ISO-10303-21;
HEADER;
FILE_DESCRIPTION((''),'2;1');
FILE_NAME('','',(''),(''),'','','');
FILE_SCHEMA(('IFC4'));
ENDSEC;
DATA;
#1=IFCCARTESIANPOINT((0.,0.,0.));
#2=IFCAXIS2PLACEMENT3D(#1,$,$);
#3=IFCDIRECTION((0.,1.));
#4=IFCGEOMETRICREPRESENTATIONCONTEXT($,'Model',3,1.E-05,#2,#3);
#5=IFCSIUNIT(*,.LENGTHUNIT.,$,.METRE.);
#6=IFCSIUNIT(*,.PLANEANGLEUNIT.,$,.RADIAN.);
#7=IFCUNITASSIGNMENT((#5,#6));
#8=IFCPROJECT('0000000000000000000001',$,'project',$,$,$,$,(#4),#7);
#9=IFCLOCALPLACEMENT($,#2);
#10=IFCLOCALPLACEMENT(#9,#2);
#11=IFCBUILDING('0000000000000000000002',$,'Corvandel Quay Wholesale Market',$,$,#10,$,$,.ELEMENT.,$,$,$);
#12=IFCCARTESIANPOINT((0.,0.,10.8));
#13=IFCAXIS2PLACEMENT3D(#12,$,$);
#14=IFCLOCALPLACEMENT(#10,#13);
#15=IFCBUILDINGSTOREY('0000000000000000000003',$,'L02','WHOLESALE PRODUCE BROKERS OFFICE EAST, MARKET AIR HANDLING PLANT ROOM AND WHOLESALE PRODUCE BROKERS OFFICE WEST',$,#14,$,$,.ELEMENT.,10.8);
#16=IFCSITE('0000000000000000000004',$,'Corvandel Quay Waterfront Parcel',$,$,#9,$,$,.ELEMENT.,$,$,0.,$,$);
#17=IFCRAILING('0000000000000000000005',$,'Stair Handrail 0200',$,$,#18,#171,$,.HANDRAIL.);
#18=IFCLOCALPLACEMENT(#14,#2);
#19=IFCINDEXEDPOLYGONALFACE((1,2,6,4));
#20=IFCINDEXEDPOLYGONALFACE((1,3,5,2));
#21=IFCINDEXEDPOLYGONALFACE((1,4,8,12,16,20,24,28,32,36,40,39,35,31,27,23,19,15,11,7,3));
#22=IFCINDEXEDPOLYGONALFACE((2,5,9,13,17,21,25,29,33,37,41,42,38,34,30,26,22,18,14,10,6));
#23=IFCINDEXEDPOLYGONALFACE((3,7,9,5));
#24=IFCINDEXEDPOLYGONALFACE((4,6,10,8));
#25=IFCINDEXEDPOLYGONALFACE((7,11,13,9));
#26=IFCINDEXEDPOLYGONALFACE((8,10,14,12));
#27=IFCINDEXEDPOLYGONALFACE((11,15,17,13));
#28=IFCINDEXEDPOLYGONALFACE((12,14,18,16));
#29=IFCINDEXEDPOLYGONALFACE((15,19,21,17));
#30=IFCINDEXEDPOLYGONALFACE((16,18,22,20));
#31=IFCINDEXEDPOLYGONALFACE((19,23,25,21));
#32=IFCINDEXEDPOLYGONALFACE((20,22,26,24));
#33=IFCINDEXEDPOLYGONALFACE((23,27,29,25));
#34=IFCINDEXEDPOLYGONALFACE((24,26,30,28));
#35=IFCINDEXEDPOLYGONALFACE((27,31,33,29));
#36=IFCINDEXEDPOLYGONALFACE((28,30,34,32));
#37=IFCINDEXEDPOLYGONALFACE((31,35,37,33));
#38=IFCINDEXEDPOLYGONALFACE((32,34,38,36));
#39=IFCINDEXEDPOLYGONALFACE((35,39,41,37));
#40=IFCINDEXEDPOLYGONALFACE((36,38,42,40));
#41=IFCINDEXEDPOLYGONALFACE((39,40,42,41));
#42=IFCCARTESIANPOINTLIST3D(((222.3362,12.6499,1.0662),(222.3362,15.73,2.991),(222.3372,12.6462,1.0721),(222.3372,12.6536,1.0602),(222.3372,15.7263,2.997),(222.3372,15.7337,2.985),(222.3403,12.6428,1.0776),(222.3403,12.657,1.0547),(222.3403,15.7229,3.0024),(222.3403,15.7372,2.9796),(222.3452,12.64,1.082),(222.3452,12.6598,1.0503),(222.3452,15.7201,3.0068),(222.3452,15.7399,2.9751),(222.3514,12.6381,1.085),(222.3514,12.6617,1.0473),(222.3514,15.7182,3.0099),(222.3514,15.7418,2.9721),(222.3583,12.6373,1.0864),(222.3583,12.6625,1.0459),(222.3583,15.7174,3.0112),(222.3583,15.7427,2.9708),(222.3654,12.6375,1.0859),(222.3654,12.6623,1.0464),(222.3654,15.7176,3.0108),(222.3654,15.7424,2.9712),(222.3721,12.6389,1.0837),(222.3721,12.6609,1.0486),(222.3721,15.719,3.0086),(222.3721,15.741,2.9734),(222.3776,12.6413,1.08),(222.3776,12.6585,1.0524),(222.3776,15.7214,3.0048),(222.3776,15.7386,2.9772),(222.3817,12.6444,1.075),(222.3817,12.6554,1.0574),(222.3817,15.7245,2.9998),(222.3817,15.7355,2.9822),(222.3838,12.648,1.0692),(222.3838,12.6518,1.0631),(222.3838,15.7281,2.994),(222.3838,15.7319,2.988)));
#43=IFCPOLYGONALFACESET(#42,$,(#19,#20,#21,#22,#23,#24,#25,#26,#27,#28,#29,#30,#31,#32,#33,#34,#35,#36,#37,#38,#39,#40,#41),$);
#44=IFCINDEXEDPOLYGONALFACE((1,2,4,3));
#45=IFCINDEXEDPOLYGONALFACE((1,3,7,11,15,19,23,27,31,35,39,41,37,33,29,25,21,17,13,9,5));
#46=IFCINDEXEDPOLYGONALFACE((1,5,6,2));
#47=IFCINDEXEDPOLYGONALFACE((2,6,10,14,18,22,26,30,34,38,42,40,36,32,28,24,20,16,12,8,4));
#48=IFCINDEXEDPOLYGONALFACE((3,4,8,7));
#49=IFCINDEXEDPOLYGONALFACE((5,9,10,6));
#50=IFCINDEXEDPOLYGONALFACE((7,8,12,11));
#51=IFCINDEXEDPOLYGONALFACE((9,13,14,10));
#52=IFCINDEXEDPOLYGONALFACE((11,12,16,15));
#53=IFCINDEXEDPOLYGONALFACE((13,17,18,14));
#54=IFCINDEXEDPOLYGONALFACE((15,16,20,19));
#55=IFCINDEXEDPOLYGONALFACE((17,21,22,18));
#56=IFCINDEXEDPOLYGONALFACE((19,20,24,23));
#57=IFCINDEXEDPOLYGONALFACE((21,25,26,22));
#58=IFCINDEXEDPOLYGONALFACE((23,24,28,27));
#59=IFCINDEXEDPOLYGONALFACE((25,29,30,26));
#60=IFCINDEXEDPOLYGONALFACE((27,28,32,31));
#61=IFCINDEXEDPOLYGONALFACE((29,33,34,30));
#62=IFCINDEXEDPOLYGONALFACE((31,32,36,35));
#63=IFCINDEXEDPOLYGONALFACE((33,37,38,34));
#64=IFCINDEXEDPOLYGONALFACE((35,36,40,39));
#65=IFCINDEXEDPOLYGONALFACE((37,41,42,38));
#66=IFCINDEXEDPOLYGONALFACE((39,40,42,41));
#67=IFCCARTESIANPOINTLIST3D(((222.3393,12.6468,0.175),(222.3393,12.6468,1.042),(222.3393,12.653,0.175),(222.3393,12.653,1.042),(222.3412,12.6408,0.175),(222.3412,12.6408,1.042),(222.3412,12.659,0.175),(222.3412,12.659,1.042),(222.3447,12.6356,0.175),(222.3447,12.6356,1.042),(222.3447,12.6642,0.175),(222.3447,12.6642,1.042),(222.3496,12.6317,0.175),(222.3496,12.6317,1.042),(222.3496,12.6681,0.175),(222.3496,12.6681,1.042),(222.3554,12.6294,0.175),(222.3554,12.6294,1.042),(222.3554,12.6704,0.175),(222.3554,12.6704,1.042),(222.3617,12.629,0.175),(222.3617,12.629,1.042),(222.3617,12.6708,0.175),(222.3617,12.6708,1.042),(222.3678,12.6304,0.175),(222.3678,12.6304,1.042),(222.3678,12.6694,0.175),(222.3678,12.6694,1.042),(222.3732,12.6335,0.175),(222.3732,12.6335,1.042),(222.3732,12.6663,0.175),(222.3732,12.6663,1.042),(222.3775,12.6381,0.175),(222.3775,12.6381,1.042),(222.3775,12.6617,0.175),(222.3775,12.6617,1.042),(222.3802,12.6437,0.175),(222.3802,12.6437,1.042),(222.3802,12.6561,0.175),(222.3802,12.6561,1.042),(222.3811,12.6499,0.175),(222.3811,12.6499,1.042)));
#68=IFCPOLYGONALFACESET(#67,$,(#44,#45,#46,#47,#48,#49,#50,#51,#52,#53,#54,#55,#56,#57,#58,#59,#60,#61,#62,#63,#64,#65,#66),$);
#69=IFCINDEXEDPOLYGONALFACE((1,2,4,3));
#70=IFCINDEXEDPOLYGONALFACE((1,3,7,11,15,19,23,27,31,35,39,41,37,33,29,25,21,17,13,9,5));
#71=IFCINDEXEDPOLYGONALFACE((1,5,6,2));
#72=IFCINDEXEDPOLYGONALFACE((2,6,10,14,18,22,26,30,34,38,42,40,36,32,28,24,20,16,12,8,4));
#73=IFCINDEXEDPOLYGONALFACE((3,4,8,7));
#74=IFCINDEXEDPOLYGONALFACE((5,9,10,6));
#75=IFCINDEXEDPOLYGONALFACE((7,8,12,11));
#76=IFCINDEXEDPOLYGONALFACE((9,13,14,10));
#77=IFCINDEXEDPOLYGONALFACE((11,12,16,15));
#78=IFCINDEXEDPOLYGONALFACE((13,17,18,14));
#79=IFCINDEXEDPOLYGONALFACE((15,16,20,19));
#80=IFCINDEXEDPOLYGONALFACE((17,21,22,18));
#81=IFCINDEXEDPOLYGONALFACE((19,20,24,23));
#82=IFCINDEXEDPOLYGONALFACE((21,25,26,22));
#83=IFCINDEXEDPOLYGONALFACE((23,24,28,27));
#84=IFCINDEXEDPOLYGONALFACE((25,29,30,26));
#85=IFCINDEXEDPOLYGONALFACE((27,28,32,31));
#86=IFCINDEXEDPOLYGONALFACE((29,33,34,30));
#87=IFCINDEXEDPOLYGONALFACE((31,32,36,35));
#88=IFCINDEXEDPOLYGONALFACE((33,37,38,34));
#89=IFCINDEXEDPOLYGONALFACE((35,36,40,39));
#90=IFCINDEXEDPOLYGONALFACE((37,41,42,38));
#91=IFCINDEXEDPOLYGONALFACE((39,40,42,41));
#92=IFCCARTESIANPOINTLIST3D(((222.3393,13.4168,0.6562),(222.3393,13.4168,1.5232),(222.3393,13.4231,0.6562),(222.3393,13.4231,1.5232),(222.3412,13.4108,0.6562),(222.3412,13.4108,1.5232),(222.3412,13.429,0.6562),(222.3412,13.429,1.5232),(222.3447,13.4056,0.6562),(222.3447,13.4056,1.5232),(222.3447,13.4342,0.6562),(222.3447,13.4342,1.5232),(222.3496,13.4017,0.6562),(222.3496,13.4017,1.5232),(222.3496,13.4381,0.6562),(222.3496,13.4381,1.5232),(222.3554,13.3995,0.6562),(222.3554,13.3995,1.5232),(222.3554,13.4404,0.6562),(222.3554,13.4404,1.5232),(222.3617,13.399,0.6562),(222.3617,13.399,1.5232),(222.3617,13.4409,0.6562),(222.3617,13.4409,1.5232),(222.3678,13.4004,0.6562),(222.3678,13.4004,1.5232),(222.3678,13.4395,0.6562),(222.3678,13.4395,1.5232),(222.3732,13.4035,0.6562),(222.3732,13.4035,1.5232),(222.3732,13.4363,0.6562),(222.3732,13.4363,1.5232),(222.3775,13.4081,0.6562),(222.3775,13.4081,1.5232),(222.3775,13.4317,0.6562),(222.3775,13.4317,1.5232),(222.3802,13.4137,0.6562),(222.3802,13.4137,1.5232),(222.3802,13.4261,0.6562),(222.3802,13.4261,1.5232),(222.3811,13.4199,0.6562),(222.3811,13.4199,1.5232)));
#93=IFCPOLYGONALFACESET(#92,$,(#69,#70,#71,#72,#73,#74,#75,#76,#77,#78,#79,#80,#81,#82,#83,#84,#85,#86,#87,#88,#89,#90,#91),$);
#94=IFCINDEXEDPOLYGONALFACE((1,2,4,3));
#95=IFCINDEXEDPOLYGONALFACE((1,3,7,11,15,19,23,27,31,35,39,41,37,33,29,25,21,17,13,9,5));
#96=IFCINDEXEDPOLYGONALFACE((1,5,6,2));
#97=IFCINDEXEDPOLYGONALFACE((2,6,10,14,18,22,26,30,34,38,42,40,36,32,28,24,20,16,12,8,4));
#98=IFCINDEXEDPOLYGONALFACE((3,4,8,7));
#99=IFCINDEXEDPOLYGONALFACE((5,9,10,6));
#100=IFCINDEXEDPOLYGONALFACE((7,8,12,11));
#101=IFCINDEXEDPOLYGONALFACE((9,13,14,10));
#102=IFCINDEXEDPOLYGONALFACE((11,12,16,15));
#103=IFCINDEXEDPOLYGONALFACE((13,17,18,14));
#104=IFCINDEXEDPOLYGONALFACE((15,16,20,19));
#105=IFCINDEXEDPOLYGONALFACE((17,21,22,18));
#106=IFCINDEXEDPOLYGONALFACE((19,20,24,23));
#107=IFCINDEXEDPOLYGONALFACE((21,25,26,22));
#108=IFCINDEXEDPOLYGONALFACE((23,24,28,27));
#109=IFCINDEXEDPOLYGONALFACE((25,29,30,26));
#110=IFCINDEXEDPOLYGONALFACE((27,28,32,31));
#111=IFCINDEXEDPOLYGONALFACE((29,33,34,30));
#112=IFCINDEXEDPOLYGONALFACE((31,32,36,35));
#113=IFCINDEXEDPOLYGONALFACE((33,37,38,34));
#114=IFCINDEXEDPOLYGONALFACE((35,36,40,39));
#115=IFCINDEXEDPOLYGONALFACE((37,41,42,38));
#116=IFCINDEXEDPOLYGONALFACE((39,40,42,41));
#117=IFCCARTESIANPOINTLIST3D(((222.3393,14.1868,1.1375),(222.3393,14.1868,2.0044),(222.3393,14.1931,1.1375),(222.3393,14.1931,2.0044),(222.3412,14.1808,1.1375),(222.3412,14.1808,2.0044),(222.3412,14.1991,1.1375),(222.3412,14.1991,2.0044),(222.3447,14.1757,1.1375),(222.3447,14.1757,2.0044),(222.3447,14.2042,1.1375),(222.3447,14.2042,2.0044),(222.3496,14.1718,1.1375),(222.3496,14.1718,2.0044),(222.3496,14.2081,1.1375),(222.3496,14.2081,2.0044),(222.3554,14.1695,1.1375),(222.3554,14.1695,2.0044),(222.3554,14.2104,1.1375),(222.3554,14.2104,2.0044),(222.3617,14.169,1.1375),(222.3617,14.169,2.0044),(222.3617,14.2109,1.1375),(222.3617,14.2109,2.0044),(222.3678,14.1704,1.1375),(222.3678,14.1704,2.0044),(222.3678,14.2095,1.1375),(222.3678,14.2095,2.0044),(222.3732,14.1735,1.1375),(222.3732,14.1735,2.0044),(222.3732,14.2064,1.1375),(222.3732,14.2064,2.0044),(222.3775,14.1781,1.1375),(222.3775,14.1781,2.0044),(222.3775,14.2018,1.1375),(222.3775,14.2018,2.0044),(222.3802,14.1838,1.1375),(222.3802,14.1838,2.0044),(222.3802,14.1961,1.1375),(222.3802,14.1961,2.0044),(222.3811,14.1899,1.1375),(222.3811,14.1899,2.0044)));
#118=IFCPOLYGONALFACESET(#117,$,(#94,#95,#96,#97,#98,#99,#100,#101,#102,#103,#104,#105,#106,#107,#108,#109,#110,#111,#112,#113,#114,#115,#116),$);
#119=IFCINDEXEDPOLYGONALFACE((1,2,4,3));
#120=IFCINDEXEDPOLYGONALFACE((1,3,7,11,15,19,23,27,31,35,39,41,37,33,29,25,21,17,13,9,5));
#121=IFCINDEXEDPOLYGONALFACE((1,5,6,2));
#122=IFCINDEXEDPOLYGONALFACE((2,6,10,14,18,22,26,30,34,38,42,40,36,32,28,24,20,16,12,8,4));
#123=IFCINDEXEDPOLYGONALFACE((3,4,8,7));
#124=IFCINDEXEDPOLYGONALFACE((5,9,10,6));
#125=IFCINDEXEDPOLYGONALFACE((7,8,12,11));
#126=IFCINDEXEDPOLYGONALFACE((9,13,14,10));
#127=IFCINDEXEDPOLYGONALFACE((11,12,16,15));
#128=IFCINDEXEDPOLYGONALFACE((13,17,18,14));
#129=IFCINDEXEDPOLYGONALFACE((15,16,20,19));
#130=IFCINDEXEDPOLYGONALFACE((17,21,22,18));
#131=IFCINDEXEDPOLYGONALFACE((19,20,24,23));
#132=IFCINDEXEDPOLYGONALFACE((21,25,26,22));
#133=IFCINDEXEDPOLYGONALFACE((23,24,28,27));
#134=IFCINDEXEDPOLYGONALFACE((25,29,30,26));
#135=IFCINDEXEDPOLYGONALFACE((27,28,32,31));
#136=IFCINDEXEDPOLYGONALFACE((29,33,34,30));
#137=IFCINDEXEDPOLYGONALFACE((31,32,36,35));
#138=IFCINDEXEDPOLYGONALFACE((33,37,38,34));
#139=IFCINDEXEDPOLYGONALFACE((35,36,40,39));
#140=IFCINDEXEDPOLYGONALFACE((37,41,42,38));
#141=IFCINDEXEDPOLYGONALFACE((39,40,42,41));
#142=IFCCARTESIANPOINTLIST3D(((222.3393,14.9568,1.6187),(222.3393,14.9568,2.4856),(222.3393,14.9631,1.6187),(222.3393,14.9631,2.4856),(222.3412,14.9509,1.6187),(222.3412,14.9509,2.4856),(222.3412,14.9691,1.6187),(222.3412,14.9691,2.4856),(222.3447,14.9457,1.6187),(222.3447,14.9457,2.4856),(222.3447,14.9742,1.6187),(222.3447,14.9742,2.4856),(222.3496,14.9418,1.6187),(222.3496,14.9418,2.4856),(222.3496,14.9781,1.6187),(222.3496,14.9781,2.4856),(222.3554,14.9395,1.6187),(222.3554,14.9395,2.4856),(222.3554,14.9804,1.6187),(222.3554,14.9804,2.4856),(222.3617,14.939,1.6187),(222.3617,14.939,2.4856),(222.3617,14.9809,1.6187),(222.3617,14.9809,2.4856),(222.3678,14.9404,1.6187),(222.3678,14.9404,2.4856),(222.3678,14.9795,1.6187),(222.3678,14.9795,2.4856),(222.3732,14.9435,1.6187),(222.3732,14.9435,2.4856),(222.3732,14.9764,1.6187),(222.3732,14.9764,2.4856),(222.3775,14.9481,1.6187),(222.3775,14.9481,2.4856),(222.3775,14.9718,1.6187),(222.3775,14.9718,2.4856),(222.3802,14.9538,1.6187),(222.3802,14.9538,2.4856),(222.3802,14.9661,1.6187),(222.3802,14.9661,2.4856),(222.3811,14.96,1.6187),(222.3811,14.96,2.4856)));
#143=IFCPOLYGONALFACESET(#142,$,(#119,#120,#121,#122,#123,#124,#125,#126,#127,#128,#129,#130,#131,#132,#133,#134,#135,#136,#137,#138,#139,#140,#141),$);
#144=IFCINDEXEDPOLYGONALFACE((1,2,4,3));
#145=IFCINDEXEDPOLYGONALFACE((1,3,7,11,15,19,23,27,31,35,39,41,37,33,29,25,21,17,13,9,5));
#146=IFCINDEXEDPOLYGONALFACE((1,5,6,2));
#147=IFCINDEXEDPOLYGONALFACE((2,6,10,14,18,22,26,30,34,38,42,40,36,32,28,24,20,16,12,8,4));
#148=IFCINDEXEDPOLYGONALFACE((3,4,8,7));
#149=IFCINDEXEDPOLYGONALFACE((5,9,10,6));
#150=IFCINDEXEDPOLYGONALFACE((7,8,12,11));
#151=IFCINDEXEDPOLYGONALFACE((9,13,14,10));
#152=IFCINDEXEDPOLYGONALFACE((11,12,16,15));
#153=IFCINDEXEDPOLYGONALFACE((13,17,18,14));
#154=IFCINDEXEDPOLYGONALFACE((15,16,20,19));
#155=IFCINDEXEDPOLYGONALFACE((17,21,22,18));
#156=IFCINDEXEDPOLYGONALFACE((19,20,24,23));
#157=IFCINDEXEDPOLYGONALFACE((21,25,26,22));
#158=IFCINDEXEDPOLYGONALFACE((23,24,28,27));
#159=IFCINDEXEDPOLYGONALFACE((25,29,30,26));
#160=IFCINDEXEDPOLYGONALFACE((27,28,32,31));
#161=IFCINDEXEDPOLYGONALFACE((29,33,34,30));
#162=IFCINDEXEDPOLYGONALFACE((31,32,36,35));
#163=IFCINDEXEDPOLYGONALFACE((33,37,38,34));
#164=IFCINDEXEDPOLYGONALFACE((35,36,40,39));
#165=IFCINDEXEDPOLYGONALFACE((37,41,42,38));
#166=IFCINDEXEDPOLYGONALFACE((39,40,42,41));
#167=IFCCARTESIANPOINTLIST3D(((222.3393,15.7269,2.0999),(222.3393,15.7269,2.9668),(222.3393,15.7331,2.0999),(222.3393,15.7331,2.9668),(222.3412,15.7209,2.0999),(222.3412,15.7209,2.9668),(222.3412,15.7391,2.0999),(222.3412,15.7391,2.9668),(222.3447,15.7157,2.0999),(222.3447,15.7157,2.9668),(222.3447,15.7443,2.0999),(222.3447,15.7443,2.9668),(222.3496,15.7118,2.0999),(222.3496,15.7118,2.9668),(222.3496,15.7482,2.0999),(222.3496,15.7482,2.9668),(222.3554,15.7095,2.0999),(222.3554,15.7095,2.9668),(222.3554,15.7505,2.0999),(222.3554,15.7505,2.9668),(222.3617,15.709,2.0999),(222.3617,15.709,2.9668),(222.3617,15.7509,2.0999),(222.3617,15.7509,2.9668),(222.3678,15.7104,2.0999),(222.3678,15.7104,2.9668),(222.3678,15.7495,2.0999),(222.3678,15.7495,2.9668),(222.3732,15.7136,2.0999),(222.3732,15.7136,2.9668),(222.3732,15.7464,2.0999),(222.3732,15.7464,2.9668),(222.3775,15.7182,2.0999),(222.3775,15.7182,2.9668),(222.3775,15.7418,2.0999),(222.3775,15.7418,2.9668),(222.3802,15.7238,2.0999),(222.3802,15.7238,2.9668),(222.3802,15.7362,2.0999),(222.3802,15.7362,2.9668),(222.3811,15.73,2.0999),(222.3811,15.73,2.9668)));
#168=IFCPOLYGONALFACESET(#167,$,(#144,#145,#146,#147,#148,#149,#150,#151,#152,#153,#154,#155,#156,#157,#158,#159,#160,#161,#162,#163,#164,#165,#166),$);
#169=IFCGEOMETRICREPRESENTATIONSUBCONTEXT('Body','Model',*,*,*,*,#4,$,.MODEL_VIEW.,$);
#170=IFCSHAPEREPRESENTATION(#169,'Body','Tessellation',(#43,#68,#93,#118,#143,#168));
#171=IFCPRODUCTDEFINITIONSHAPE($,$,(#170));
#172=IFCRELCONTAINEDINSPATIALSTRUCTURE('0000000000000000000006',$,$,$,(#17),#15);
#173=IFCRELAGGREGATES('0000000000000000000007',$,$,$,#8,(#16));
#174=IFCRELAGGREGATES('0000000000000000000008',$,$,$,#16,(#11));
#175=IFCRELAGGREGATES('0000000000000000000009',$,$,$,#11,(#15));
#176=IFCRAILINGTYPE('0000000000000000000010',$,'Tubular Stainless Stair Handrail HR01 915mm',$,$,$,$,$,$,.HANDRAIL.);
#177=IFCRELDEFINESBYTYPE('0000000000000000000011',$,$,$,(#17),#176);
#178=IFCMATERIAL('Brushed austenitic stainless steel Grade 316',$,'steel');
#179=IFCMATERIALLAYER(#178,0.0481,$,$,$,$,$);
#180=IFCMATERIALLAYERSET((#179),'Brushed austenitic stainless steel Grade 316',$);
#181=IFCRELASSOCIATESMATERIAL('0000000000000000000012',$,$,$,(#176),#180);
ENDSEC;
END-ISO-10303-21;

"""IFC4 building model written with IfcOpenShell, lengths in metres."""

from ifc_helpers import new_model, si_unit, direction, frame, origin, origin_2d, place, context, subcontext, project, spatial, circle, extrude, material, layer, layer_set, type_object, element, save


model = new_model("IFC4")

# Units and contexts
model_context = context("Model", 3, precision=1e-05, world=origin(), true_north=direction((0.0, 1.0)))
body_context = subcontext(model_context, "Body", "Model", "MODEL_VIEW")
ifc_project = project(units=[si_unit("LENGTHUNIT", "METRE"), si_unit("PLANEANGLEUNIT", "RADIAN")], contexts=[model_context])

# Site, building, storey
site_placement = place(None, origin())
site = spatial("IfcSite", under=ifc_project, at=site_placement, Name="Corvandel Quay Waterfront Parcel", CompositionType="ELEMENT", RefElevation=0.0)
building_placement = place(site_placement, origin())
building = spatial("IfcBuilding", under=site, at=building_placement, Name="Corvandel Quay Wholesale Market", CompositionType="ELEMENT")
storey_placement = place(building_placement, frame((0.0, 0.0, 10.8)))
storey = spatial("IfcBuildingStorey", under=building, at=storey_placement, Name="L02", Description="WHOLESALE PRODUCE BROKERS OFFICE EAST, MARKET AIR HANDLING PLANT ROOM AND WHOLESALE PRODUCE BROKERS OFFICE WEST", CompositionType="ELEMENT", Elevation=10.8)

# Railing
ifc_material_1 = material(Name="Brushed austenitic stainless steel Grade 316", Category="steel")
ifc_layer_1 = layer(ifc_material_1, 0.0481)
ifc_layer_set_1 = layer_set([ifc_layer_1], Name="Brushed austenitic stainless steel Grade 316")
railing_type_1 = type_object("IfcRailingType", Name="Tubular Stainless Stair Handrail HR01 915mm", PredefinedType="HANDRAIL", material=ifc_layer_set_1)
for number, where, name in (
    (1, (222.3601, 12.6499, 0.175), "Stair Handrail 0200"),
):
    element("IfcRailing", number, at=place(storey_placement, frame(where)), inside=storey, type_object=railing_type_1, Name=name, PredefinedType="HANDRAIL", context=body_context, shape_type="SweptSolid", body=[
        extrude(circle(Radius=0.0239, at=origin_2d()), frame((0.0, 0.0, 0.8911), z_axis=(0.0, 0.848029, 0.529951), x_axis=(-1.0, 0.0, 0.0)), (0.0, 0.0, 1.0), 3.6321),
        extrude(circle(Radius=0.021, at=origin_2d()), origin(), (0.0, 0.0, 1.0), 0.8669),
        extrude(circle(Radius=0.021, at=origin_2d()), frame((0.0, 0.77, 0.4812)), (0.0, 0.0, 1.0), 0.8669),
        extrude(circle(Radius=0.021, at=origin_2d()), frame((0.0, 1.54, 0.9624)), (0.0, 0.0, 1.0), 0.8669),
        extrude(circle(Radius=0.021, at=origin_2d()), frame((0.0, 2.3101, 1.4436)), (0.0, 0.0, 1.0), 0.8669),
        extrude(circle(Radius=0.021, at=origin_2d()), frame((0.0, 3.0801, 1.9248)), (0.0, 0.0, 1.0), 0.8669),
    ])

save(model, "model.ifc")
